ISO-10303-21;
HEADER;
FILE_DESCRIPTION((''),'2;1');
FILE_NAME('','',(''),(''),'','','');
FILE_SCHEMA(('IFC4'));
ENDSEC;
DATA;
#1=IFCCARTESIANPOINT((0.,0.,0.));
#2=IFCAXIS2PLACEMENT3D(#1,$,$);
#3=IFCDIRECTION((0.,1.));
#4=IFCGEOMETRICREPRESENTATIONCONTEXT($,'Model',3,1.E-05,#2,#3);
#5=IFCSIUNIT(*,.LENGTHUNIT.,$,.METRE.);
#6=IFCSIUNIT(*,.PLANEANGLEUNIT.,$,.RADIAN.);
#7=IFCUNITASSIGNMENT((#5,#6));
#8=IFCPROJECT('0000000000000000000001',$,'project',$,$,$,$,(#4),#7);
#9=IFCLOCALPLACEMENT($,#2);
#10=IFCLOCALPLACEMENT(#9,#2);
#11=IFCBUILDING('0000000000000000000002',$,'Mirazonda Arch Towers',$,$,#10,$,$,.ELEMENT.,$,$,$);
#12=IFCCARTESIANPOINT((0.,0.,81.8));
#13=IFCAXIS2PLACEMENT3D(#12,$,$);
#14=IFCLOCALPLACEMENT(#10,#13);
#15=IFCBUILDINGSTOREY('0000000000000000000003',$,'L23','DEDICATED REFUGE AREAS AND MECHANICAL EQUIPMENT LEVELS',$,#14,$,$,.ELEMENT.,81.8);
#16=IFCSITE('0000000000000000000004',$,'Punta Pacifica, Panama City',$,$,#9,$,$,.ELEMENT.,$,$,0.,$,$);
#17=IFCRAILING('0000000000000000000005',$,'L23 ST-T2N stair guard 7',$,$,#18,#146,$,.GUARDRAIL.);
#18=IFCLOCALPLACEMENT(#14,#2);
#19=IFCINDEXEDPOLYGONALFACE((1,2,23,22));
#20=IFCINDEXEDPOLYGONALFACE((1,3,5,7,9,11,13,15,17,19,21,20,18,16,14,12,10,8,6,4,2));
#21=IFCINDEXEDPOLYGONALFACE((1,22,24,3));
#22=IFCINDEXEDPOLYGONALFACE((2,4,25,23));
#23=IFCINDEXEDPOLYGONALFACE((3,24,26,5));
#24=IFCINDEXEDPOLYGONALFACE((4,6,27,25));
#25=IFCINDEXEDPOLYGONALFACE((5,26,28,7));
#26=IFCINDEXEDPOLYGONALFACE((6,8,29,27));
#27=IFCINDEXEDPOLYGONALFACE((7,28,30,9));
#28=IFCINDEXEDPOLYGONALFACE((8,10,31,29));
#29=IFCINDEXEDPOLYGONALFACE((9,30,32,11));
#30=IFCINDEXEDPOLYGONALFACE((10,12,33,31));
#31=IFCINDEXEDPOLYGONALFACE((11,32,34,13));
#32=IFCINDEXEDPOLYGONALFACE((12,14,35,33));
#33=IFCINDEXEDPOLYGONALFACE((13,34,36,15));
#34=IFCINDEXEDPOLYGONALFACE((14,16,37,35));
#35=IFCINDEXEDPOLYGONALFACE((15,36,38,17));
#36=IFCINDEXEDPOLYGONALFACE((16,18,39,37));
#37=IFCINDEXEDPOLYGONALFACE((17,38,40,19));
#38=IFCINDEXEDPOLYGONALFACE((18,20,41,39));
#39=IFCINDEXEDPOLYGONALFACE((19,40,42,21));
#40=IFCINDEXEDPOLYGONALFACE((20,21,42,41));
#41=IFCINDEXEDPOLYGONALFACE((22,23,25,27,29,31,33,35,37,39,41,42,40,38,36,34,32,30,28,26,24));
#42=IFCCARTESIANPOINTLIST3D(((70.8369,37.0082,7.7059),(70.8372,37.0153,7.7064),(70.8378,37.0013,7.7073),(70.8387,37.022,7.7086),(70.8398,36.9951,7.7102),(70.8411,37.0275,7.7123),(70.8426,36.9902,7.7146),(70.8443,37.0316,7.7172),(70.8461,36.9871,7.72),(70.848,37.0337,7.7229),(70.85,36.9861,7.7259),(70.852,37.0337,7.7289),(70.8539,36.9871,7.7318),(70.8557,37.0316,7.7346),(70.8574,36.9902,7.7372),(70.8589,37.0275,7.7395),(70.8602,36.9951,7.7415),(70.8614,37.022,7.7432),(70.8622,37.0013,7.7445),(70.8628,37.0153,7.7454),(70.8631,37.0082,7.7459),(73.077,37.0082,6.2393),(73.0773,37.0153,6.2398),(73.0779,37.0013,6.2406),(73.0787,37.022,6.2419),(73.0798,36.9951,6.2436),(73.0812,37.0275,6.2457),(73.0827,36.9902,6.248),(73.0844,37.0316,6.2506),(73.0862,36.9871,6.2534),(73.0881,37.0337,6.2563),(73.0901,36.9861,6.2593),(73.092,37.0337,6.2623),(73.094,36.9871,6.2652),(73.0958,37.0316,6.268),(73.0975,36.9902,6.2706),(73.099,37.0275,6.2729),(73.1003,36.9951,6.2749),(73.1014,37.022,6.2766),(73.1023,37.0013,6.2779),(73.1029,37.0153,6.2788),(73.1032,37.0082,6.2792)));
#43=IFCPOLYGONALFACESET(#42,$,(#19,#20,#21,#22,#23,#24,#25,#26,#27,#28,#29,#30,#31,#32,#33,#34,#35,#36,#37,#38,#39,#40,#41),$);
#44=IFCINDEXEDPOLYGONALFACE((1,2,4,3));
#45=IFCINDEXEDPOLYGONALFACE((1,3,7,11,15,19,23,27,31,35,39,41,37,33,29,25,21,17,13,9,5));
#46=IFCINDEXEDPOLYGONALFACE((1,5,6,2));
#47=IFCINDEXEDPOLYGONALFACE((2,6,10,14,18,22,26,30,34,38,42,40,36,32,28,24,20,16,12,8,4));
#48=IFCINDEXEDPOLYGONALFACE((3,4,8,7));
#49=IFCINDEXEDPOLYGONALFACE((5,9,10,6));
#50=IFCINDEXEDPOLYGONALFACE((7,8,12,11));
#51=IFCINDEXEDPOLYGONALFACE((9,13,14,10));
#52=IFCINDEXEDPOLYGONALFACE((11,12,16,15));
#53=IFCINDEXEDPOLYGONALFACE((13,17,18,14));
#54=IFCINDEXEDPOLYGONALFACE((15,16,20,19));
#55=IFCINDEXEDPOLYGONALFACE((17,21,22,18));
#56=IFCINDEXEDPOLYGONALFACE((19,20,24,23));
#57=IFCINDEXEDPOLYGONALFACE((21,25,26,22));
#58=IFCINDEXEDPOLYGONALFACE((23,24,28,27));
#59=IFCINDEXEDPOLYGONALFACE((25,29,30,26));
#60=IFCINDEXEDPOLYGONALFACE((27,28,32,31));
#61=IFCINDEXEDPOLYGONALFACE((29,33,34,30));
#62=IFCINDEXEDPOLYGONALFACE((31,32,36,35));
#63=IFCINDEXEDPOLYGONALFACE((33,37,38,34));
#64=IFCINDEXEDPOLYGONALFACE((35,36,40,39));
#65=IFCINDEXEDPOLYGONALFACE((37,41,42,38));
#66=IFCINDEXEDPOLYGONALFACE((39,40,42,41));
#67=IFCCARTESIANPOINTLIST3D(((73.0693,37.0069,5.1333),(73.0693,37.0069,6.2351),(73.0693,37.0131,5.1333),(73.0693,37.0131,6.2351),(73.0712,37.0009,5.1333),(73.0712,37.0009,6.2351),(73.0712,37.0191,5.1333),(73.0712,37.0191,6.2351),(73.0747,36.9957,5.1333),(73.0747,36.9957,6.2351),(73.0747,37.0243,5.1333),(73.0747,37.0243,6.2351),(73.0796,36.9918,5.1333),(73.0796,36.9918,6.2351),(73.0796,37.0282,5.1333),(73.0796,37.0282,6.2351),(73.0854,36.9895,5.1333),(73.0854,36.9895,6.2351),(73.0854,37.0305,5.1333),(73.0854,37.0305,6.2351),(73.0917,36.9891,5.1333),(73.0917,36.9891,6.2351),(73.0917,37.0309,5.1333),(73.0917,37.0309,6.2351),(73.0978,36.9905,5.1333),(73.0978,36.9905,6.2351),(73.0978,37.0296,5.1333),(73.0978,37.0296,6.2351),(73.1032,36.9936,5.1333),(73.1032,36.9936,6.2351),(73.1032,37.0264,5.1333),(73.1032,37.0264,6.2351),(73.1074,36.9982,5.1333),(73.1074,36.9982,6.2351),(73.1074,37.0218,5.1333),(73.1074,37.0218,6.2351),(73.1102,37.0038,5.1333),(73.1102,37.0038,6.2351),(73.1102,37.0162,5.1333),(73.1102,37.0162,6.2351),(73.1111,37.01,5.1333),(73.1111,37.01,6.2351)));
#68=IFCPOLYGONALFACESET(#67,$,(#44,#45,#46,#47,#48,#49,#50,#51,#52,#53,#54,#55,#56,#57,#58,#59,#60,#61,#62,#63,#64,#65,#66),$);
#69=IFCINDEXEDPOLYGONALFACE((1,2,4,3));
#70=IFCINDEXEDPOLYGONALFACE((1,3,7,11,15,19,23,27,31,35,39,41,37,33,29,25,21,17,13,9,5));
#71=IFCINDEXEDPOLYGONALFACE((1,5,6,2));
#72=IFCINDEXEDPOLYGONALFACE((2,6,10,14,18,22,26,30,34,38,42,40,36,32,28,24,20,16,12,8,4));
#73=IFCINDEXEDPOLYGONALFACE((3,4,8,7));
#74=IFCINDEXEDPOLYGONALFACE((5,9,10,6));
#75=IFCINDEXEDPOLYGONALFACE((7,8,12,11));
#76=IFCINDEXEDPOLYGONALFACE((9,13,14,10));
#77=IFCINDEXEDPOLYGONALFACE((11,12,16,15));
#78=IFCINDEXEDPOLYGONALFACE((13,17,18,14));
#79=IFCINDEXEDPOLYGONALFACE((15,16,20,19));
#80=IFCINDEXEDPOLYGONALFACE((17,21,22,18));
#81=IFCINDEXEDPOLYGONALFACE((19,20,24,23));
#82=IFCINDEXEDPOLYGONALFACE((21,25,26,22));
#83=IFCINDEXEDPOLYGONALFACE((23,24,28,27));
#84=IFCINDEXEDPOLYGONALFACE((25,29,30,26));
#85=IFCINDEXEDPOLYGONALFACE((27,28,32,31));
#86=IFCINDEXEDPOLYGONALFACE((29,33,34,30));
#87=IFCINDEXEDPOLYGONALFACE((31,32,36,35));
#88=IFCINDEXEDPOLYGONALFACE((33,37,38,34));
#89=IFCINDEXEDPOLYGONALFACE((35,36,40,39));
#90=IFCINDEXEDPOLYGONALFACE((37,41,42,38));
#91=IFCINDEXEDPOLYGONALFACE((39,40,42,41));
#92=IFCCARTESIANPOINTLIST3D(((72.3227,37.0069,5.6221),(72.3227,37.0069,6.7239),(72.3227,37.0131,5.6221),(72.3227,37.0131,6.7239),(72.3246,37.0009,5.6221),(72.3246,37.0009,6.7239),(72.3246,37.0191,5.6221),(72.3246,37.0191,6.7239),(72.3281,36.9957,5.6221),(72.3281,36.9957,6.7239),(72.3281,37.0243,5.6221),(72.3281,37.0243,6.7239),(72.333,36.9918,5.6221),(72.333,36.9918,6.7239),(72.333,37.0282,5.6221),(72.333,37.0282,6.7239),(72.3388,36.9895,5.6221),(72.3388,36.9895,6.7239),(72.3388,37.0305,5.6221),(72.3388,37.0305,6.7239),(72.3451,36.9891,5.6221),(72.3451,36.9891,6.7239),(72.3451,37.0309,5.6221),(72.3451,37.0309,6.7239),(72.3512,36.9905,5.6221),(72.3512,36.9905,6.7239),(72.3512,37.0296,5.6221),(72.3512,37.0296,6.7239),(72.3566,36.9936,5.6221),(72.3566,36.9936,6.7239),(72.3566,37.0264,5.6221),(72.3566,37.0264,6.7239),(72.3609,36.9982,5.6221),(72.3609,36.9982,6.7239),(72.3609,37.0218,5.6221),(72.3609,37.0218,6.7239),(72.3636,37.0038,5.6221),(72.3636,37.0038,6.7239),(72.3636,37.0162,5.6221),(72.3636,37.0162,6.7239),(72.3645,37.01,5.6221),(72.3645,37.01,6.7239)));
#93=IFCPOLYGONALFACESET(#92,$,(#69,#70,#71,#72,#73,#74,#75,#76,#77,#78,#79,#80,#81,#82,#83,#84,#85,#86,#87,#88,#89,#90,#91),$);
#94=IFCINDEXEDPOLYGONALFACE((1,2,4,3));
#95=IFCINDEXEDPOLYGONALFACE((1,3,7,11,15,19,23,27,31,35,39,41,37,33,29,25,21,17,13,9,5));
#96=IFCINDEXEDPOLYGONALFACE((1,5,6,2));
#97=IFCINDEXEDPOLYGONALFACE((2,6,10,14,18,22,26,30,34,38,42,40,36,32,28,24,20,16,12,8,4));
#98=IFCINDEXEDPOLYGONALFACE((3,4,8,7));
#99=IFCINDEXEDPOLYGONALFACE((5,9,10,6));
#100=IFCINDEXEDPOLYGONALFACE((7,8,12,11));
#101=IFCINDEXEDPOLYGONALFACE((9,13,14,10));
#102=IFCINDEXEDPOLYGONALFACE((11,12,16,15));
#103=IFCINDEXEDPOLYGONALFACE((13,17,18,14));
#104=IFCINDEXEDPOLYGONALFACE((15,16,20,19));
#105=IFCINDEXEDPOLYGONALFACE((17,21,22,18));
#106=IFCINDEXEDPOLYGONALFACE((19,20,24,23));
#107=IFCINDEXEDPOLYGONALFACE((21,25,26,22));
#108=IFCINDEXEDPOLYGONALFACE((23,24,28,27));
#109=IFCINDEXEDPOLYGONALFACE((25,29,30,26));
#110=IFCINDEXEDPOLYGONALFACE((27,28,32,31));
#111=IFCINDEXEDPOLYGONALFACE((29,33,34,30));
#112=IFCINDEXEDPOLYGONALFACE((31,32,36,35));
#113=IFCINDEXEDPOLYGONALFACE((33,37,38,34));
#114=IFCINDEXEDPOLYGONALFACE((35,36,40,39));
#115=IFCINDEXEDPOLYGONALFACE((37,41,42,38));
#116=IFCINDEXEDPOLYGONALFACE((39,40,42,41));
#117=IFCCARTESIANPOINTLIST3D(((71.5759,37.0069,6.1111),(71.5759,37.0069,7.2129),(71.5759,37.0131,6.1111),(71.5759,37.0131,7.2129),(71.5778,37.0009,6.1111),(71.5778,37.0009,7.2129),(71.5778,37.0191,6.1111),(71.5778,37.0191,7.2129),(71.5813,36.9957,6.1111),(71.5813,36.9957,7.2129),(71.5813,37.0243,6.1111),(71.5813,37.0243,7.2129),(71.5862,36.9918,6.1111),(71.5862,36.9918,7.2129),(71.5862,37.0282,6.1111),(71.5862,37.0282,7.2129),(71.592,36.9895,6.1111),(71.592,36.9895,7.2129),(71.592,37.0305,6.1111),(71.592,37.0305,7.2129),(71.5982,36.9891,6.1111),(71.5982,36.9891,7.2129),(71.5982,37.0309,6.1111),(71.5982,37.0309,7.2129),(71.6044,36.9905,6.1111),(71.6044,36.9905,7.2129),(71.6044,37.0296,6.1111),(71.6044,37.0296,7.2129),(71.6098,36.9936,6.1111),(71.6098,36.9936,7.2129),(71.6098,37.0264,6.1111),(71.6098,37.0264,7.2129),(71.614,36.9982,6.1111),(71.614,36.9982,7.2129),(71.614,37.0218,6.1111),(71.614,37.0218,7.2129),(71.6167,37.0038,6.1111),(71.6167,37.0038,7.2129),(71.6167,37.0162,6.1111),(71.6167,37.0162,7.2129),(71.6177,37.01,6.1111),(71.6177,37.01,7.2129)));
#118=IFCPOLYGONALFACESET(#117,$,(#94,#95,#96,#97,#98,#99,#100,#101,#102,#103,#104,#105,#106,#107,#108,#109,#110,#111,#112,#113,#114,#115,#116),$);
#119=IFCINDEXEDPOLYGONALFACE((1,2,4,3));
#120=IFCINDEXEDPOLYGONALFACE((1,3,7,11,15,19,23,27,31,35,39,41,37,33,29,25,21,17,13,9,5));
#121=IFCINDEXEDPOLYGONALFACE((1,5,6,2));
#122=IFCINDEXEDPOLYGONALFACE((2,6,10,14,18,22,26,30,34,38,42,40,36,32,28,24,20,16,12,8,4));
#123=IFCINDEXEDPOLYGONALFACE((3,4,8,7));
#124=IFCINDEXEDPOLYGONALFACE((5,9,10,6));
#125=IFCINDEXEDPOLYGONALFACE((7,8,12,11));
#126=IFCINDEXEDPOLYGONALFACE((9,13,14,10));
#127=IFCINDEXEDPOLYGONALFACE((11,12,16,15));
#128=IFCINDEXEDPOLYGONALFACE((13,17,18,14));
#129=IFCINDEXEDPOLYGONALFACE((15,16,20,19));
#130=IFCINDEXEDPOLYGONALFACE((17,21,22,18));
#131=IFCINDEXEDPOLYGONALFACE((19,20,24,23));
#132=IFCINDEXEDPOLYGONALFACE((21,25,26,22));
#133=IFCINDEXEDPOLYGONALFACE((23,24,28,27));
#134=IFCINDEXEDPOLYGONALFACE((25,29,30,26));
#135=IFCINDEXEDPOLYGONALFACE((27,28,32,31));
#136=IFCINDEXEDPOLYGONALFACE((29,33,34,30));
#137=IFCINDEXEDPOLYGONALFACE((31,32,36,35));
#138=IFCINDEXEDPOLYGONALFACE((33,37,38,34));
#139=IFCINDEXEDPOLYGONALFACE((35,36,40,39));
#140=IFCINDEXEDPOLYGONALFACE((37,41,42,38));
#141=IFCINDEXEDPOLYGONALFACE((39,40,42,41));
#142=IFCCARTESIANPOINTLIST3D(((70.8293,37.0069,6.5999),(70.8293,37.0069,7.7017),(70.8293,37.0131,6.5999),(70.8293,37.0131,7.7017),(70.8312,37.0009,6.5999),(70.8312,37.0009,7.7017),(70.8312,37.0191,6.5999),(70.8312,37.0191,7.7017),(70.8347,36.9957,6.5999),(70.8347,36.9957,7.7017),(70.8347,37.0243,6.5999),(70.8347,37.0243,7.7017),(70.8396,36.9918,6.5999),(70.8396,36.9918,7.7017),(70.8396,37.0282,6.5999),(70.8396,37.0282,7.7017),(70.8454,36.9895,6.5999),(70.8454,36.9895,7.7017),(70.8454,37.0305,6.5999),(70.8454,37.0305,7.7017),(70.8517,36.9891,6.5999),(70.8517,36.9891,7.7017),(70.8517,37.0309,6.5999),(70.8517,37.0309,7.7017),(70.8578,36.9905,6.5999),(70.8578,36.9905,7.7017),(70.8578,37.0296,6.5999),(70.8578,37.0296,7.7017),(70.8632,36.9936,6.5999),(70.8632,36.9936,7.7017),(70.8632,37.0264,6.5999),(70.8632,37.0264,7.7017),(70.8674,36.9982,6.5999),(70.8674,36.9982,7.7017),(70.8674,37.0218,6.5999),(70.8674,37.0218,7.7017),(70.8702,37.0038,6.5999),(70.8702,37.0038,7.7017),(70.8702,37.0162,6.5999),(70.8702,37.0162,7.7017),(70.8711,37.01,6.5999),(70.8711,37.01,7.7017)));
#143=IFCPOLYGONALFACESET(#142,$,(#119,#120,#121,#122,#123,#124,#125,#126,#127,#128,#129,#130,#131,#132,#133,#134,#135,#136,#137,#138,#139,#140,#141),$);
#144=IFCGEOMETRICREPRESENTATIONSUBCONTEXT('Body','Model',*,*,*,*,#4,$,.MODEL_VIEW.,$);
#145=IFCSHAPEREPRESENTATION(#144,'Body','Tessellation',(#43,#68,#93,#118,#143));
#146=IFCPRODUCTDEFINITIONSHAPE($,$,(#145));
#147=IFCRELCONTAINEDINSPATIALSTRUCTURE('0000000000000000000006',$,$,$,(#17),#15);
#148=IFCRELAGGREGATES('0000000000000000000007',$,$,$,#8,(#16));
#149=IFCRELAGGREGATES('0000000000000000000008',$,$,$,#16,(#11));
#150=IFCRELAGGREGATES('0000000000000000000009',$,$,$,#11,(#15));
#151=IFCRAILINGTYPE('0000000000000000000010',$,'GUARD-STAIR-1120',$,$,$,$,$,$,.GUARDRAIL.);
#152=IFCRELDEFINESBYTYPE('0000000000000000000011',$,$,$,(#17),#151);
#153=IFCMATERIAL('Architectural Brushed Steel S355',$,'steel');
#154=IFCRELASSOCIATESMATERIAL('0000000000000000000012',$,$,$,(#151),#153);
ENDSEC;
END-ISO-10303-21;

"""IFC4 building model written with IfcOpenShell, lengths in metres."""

from ifc_helpers import new_model, si_unit, direction, frame, origin, origin_2d, place, context, subcontext, project, spatial, circle, extrude, material, type_object, element, save


model = new_model("IFC4")

# Units and contexts
model_context = context("Model", 3, precision=1e-05, world=origin(), true_north=direction((0.0, 1.0)))
body_context = subcontext(model_context, "Body", "Model", "MODEL_VIEW")
ifc_project = project(units=[si_unit("LENGTHUNIT", "METRE"), si_unit("PLANEANGLEUNIT", "RADIAN")], contexts=[model_context])

# Site, building, storey
site_placement = place(None, origin())
site = spatial("IfcSite", under=ifc_project, at=site_placement, Name="Punta Pacifica, Panama City", CompositionType="ELEMENT", RefElevation=0.0)
building_placement = place(site_placement, origin())
building = spatial("IfcBuilding", under=site, at=building_placement, Name="Mirazonda Arch Towers", CompositionType="ELEMENT")
storey_placement = place(building_placement, frame((0.0, 0.0, 81.8)))
storey = spatial("IfcBuildingStorey", under=building, at=storey_placement, Name="L23", Description="DEDICATED REFUGE AREAS AND MECHANICAL EQUIPMENT LEVELS", CompositionType="ELEMENT", Elevation=81.8)

# Shared definitions
ifc_material_1 = material(Name="Architectural Brushed Steel S355", Category="steel")

# Railing
railing_type_1 = type_object("IfcRailingType", Name="GUARD-STAIR-1120", PredefinedType="GUARDRAIL", material=ifc_material_1)
railing_1_placement = place(storey_placement, frame((73.0901, 37.01, 5.1333)))
element("IfcRailing", 1, at=railing_1_placement, inside=storey, type_object=railing_type_1, Name="L23 ST-T2N stair guard 7", PredefinedType="GUARDRAIL", context=body_context, shape_type="SweptSolid", body=[
    extrude(circle(Radius=0.0239, at=origin_2d()), frame((0.0, 0.0, 1.126), z_axis=(-0.836637, 0.0, 0.547758), x_axis=(0.0, -1.0, 0.0)), (0.0, 0.0, 1.0), 2.6775),
    extrude(circle(Radius=0.021, at=origin_2d()), origin(), (0.0, 0.0, 1.0), 1.1018),
    extrude(circle(Radius=0.021, at=origin_2d()), frame((-0.7466, 0.0, 0.4888)), (0.0, 0.0, 1.0), 1.1018),
    extrude(circle(Radius=0.021, at=origin_2d()), frame((-1.4934, 0.0, 0.9778)), (0.0, 0.0, 1.0), 1.1018),
    extrude(circle(Radius=0.021, at=origin_2d()), frame((-2.24, 0.0, 1.4666)), (0.0, 0.0, 1.0), 1.1018),
])

save(model, "model.ifc")
